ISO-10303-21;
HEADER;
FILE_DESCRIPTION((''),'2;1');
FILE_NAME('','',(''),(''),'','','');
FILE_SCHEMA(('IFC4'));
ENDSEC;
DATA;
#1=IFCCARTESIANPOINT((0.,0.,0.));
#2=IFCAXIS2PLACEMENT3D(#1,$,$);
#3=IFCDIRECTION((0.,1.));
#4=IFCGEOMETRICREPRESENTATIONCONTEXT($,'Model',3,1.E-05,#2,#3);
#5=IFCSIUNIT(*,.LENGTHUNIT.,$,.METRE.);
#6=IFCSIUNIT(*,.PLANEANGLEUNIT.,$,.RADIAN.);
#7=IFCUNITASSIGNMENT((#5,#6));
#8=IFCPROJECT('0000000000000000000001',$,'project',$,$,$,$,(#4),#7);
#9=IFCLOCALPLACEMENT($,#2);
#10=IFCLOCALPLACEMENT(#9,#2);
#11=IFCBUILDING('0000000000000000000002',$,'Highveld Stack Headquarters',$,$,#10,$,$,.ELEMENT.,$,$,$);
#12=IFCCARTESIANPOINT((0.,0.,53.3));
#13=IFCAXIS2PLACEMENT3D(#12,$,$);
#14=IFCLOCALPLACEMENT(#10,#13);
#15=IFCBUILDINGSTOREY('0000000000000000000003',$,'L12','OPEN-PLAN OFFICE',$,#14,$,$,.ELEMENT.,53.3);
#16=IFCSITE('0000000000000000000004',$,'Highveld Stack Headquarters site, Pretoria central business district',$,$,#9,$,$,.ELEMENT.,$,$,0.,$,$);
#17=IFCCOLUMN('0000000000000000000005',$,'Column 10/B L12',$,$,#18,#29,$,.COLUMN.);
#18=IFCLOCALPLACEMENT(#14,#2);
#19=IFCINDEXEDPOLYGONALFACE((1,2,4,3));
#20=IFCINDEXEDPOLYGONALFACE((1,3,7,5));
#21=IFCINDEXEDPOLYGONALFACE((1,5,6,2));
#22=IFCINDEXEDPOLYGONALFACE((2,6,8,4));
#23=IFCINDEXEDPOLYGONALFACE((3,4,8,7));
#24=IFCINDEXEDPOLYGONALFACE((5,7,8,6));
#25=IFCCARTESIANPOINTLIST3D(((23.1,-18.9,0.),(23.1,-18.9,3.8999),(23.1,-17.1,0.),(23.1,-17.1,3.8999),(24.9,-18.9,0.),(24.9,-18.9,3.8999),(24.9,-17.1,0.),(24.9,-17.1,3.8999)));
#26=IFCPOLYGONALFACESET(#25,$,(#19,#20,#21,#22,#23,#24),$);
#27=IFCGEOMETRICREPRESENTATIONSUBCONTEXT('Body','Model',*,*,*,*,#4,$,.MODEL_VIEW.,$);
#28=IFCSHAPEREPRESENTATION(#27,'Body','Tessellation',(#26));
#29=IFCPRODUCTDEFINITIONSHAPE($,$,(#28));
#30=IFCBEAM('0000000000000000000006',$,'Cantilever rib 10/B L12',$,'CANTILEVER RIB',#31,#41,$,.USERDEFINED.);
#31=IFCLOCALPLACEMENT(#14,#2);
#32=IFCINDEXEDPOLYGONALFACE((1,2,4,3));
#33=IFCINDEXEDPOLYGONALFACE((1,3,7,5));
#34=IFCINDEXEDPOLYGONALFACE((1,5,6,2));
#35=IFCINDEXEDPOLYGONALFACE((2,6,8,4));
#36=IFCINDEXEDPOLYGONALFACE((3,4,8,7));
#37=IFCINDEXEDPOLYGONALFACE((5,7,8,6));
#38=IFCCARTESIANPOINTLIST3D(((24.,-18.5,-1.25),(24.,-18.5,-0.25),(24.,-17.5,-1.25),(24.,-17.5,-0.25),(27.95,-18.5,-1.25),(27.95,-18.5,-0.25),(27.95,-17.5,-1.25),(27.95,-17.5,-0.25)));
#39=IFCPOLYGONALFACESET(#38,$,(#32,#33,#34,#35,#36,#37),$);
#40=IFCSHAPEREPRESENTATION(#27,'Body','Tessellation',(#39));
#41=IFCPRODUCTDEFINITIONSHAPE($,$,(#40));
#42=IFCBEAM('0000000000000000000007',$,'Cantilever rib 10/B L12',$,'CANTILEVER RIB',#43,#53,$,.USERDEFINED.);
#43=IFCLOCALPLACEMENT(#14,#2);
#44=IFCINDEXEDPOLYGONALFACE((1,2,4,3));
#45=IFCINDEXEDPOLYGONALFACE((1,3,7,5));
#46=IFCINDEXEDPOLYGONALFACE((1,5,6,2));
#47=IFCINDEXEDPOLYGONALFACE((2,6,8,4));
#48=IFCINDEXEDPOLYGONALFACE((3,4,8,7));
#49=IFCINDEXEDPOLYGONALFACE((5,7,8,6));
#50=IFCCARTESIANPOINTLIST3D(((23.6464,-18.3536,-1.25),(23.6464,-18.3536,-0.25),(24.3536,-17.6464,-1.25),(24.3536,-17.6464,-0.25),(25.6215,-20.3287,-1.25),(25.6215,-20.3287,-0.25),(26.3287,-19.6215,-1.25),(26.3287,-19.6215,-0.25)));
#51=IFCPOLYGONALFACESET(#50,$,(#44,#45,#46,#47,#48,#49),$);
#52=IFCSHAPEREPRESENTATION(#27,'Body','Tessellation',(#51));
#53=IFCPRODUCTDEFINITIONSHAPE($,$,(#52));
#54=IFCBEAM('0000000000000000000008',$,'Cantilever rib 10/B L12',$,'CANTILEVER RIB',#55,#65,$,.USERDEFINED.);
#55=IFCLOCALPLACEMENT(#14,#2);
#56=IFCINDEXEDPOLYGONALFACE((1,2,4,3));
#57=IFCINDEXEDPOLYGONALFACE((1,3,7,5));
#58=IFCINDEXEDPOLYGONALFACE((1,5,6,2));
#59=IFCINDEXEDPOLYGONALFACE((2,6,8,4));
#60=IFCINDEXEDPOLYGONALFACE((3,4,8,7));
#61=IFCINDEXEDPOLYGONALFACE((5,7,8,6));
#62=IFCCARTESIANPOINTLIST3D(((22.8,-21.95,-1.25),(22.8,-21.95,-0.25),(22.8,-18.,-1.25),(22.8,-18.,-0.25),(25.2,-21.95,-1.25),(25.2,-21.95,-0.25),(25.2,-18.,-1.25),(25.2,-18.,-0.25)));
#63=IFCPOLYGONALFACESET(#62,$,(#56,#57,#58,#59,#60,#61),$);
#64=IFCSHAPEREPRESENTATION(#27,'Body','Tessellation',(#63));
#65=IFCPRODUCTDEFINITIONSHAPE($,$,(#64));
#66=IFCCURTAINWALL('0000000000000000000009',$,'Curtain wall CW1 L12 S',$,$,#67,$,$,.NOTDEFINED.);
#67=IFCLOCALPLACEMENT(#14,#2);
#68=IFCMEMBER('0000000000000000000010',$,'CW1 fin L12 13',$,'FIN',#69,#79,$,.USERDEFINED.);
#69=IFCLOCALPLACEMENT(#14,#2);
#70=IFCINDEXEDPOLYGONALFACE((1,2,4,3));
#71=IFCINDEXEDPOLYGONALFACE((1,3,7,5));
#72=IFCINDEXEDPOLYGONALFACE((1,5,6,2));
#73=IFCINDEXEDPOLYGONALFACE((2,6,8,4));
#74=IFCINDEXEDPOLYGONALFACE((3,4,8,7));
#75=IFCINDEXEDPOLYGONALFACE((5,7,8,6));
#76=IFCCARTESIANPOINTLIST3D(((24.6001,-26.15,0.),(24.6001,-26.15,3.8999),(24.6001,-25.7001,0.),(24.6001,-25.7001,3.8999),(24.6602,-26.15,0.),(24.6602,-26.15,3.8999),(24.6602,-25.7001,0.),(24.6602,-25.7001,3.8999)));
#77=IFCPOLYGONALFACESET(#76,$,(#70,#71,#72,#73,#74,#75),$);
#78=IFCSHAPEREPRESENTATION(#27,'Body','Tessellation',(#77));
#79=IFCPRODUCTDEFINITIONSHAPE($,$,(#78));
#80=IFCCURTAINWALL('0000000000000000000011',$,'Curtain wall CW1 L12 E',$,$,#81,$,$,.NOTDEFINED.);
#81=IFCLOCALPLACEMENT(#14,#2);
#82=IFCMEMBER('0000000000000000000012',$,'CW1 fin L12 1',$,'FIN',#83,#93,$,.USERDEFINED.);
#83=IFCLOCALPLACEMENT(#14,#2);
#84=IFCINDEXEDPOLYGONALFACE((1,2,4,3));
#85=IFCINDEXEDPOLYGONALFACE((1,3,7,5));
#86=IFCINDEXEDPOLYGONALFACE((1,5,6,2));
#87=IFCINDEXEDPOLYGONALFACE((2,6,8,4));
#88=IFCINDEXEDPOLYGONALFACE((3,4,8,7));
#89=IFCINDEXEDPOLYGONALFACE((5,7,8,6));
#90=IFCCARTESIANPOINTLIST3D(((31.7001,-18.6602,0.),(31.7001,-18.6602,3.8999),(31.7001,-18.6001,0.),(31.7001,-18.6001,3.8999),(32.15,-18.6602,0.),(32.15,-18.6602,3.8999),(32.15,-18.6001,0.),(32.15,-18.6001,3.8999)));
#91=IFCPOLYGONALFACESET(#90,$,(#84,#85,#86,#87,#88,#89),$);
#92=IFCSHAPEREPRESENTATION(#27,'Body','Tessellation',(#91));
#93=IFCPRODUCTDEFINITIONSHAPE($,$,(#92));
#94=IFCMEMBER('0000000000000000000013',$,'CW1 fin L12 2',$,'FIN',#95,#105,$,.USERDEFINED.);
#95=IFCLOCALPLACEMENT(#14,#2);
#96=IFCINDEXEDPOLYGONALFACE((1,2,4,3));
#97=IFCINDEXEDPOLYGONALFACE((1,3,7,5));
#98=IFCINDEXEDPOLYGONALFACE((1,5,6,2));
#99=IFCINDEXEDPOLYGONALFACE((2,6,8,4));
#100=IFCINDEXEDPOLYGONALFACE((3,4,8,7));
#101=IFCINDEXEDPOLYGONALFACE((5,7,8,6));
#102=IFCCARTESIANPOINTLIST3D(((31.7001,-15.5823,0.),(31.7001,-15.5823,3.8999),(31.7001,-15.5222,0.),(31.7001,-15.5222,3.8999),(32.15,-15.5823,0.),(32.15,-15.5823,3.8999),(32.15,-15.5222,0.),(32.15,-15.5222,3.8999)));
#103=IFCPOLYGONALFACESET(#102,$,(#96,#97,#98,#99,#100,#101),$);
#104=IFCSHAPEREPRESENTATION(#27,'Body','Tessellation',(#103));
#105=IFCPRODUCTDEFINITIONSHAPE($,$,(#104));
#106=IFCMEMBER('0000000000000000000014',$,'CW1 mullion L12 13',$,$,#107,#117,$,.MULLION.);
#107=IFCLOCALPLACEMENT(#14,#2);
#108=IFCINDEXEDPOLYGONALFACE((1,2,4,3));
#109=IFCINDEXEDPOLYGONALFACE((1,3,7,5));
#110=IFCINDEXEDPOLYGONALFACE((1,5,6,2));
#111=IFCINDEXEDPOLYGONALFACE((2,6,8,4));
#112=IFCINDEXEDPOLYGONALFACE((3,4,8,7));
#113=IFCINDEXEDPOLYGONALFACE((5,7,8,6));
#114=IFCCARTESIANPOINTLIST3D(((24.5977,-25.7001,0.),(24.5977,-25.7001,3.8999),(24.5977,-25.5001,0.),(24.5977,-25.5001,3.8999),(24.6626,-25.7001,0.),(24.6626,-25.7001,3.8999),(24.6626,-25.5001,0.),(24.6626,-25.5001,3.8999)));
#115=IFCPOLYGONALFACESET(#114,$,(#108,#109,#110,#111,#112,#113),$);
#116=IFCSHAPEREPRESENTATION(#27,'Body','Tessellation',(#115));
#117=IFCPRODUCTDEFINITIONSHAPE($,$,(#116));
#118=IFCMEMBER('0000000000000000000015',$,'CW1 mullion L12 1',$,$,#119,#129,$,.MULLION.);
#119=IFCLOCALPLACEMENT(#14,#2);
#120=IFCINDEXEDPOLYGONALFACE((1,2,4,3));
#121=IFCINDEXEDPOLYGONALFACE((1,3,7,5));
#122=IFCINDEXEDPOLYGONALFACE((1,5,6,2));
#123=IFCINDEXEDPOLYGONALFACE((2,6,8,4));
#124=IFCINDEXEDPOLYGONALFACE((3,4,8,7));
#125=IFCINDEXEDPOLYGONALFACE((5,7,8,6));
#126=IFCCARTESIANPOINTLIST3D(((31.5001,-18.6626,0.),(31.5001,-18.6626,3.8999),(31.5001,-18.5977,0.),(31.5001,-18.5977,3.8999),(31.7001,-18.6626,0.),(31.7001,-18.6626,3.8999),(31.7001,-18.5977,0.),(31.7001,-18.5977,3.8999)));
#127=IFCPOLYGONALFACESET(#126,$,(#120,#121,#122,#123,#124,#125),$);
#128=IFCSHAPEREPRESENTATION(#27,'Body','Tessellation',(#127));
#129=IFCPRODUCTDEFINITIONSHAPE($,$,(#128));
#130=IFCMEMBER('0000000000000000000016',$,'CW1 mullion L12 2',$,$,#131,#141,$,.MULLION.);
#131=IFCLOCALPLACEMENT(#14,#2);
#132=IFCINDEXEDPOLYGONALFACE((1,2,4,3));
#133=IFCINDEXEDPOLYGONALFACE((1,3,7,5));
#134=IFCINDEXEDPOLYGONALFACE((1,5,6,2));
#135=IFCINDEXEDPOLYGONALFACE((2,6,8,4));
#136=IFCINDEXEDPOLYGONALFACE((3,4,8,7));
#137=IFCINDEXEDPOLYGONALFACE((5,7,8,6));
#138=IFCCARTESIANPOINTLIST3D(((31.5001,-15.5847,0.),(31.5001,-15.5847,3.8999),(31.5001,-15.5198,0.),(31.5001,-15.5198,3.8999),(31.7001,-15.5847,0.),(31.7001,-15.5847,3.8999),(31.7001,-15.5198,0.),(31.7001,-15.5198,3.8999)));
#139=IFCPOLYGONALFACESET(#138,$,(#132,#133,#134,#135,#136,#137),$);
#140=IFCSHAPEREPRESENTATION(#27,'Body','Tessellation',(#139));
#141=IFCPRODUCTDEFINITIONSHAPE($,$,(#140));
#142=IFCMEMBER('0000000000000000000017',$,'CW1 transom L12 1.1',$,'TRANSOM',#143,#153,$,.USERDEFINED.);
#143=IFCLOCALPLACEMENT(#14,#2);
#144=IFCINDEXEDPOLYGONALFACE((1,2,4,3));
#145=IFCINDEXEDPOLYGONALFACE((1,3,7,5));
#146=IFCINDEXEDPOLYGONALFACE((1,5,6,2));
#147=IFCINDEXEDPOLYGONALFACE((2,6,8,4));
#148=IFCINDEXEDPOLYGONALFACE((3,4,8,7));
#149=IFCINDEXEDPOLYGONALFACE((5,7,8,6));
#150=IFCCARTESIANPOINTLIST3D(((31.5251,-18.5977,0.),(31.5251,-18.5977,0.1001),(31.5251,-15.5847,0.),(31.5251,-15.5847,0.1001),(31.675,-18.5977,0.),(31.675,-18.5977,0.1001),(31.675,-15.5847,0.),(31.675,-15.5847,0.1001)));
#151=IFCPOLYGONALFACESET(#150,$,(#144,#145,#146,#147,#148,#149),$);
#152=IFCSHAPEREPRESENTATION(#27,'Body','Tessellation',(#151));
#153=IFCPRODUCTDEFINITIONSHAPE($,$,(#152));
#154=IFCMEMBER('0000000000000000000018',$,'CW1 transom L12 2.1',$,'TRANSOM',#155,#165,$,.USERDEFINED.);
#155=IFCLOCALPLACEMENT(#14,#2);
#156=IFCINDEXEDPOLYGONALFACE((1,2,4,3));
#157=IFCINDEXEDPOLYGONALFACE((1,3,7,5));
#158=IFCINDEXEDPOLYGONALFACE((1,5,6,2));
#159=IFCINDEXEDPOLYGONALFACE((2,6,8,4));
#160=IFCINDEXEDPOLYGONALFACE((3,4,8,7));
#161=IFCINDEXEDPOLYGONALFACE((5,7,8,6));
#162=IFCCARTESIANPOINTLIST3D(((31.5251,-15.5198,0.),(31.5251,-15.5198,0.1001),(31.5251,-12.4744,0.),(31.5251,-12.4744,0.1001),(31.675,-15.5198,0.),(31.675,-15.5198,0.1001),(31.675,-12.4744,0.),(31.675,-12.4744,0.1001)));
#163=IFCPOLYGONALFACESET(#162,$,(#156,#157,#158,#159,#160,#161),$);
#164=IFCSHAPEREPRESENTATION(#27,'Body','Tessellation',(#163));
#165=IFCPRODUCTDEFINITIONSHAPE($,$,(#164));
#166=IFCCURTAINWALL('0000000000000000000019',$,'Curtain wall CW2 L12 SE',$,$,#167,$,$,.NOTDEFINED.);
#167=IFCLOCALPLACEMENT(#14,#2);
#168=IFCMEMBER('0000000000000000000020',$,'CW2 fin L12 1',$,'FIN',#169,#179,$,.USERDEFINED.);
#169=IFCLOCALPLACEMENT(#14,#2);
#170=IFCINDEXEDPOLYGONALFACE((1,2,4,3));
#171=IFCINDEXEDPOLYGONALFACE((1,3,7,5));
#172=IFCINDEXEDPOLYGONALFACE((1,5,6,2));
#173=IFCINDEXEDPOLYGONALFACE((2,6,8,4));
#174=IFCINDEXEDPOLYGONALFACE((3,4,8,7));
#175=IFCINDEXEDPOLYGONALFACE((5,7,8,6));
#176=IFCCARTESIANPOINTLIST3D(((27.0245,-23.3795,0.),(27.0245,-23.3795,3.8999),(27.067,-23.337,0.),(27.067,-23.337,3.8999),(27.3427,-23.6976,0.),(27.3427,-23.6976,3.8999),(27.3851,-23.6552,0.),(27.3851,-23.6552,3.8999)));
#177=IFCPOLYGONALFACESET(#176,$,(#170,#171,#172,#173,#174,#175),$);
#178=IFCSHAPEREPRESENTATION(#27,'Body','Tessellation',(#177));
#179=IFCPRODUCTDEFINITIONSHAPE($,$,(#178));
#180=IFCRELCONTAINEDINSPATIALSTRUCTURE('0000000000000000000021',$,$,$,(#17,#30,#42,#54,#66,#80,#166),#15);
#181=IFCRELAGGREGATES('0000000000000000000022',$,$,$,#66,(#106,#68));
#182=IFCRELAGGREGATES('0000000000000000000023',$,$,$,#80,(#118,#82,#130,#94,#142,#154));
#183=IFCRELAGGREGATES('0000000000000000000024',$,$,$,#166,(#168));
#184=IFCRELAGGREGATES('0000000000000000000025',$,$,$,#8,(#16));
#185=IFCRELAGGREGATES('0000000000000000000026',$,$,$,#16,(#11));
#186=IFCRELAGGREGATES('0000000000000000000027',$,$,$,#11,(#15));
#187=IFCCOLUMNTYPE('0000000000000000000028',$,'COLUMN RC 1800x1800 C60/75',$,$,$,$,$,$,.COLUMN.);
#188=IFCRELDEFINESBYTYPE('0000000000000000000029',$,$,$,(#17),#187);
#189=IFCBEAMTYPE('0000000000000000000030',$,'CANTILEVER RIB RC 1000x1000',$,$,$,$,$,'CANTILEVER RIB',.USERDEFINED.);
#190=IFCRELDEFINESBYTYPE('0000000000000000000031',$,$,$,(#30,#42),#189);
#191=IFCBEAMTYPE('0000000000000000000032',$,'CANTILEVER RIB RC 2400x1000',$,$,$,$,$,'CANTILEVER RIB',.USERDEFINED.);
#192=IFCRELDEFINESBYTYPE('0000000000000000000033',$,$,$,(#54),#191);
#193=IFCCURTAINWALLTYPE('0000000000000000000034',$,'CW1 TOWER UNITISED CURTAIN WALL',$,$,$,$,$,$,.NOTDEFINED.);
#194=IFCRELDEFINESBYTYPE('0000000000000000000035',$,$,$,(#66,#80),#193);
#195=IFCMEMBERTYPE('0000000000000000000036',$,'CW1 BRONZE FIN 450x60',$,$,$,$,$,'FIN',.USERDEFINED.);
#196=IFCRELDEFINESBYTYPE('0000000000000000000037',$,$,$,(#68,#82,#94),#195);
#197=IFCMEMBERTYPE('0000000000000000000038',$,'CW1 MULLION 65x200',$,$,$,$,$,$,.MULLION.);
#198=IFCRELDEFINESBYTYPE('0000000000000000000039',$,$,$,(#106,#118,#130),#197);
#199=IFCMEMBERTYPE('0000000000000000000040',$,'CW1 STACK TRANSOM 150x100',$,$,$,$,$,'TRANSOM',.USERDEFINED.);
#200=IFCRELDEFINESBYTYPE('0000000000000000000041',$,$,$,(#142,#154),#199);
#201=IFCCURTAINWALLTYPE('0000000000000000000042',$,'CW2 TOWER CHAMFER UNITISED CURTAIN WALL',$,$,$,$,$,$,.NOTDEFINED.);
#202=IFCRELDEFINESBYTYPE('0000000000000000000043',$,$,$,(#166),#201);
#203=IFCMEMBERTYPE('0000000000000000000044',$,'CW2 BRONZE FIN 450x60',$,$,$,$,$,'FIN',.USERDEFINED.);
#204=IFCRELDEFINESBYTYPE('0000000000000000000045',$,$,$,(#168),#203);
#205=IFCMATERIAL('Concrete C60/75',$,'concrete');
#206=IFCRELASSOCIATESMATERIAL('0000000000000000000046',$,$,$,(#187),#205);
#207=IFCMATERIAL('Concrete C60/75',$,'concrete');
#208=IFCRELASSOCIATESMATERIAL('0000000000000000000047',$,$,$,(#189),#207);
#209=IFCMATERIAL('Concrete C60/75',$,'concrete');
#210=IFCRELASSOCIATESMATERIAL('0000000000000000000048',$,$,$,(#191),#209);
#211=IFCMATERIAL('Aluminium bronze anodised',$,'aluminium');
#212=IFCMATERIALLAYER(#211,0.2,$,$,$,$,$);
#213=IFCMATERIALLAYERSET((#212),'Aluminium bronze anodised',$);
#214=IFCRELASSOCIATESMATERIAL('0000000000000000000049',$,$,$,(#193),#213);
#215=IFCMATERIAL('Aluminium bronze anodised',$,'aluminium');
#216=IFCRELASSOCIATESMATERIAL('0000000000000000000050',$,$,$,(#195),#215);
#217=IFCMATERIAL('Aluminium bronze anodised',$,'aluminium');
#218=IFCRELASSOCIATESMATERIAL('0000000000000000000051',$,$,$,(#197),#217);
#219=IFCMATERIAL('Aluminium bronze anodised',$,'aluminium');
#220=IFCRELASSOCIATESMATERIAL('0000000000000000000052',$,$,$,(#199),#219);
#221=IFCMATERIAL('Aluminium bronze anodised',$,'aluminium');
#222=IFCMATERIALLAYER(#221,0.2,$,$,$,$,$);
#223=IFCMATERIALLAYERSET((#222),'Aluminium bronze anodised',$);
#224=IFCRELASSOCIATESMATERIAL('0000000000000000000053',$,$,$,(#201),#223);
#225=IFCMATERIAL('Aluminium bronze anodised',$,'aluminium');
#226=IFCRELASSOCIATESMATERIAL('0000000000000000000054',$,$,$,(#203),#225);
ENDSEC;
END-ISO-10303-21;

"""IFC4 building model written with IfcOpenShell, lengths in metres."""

from ifc_helpers import new_model, si_unit, direction, frame, origin, origin_2d, place, context, subcontext, project, spatial, rectangle, extrude, material, layer, layer_set, material_profile, profile_set, type_object, element, aggregate, save


model = new_model("IFC4")

# Units and contexts
model_context = context("Model", 3, precision=1e-05, world=origin(), true_north=direction((0.0, 1.0)))
body_context = subcontext(model_context, "Body", "Model", "MODEL_VIEW")
ifc_project = project(units=[si_unit("LENGTHUNIT", "METRE"), si_unit("PLANEANGLEUNIT", "RADIAN")], contexts=[model_context])

# Site, building, storey
site_placement = place(None, origin())
site = spatial("IfcSite", under=ifc_project, at=site_placement, Name="Highveld Stack Headquarters site, Pretoria central business district", CompositionType="ELEMENT", RefElevation=0.0)
building_placement = place(site_placement, origin())
building = spatial("IfcBuilding", under=site, at=building_placement, Name="Highveld Stack Headquarters", CompositionType="ELEMENT")
storey_placement = place(building_placement, frame((0.0, 0.0, 53.3)))
storey = spatial("IfcBuildingStorey", under=building, at=storey_placement, Name="L12", Description="OPEN-PLAN OFFICE", CompositionType="ELEMENT", Elevation=53.3)

# Column
ifc_material_1 = material(Name="Concrete C60/75", Category="concrete")
ifc_material_profile_1 = material_profile(ifc_material_1, rectangle(XDim=1.8, YDim=1.8, at=origin_2d()), Name="RC 1800x1800")
ifc_profile_set_1 = profile_set([ifc_material_profile_1], Name="Concrete C60/75")
column_type = type_object("IfcColumnType", Name="COLUMN RC 1800x1800 C60/75", PredefinedType="COLUMN", material=ifc_profile_set_1)
column_placement = place(storey_placement, frame((24.0, -18.0, 0.0), z_axis=(0.0, 0.0, 1.0), x_axis=(1.0, 0.0, 0.0)))
element("IfcColumn", 1, at=column_placement, inside=storey, type_object=column_type, Name="Column 10/B L12", PredefinedType="COLUMN", context=body_context, shape_type="SweptSolid", body=[
    extrude(rectangle(XDim=1.8, YDim=1.8, at=origin_2d()), origin(), (0.0, 0.0, 1.0), 3.8999),
])

# Beams
ifc_material_2 = material(Name="Concrete C60/75", Category="concrete")
ifc_material_profile_2 = material_profile(ifc_material_2, rectangle(XDim=1.0, YDim=1.0, at=origin_2d()), Name="RC 1000x1000")
ifc_profile_set_2 = profile_set([ifc_material_profile_2], Name="Concrete C60/75")
beam_type_1 = type_object("IfcBeamType", Name="CANTILEVER RIB RC 1000x1000", ElementType="CANTILEVER RIB", PredefinedType="USERDEFINED", material=ifc_profile_set_2)
beam_1_placement = place(storey_placement, frame((24.0, -18.0, -0.75), z_axis=(1.0, 0.0, 0.0), x_axis=(0.0, 1.0, 0.0)))
element("IfcBeam", 2, at=beam_1_placement, inside=storey, type_object=beam_type_1, Name="Cantilever rib 10/B L12", ObjectType="CANTILEVER RIB", PredefinedType="USERDEFINED", context=body_context, shape_type="SweptSolid", body=[
    extrude(rectangle(XDim=1.0, YDim=1.0, at=origin_2d()), origin(), (0.0, 0.0, 1.0), 3.95),
])
beam_2_placement = place(storey_placement, frame((24.0, -18.0, -0.75), z_axis=(0.707107, -0.707107, 0.0), x_axis=(0.707107, 0.707107, 0.0)))
element("IfcBeam", 3, at=beam_2_placement, inside=storey, type_object=beam_type_1, Name="Cantilever rib 10/B L12", ObjectType="CANTILEVER RIB", PredefinedType="USERDEFINED", context=body_context, shape_type="SweptSolid", body=[
    extrude(rectangle(XDim=1.0, YDim=1.0, at=origin_2d()), origin(), (0.0, 0.0, 1.0), 2.7932),
])
ifc_material_3 = material(Name="Concrete C60/75", Category="concrete")
ifc_material_profile_3 = material_profile(ifc_material_3, rectangle(XDim=2.3999, YDim=1.0, at=origin_2d()), Name="RC 2400x1000")
ifc_profile_set_3 = profile_set([ifc_material_profile_3], Name="Concrete C60/75")
beam_type_2 = type_object("IfcBeamType", Name="CANTILEVER RIB RC 2400x1000", ElementType="CANTILEVER RIB", PredefinedType="USERDEFINED", material=ifc_profile_set_3)
beam_3_placement = place(storey_placement, frame((24.0, -18.0, -0.75), z_axis=(0.0, -1.0, 0.0), x_axis=(1.0, 0.0, 0.0)))
element("IfcBeam", 4, at=beam_3_placement, inside=storey, type_object=beam_type_2, Name="Cantilever rib 10/B L12", ObjectType="CANTILEVER RIB", PredefinedType="USERDEFINED", context=body_context, shape_type="SweptSolid", body=[
    extrude(rectangle(XDim=2.3999, YDim=1.0, at=origin_2d()), origin(), (0.0, 0.0, 1.0), 3.95),
])

# Curtain wall, member
ifc_material_4 = material(Name="Aluminium bronze anodised", Category="aluminium")
ifc_layer_1 = layer(ifc_material_4, 0.2)
ifc_layer_set_1 = layer_set([ifc_layer_1], Name="Aluminium bronze anodised")
curtain_wall_type_1 = type_object("IfcCurtainWallType", Name="CW1 TOWER UNITISED CURTAIN WALL", PredefinedType="NOTDEFINED", material=ifc_layer_set_1)
curtain_wall_1_placement = place(storey_placement, origin())
curtain_wall_1 = element("IfcCurtainWall", 5, at=curtain_wall_1_placement, inside=storey, type_object=curtain_wall_type_1, Name="Curtain wall CW1 L12 S", PredefinedType="NOTDEFINED")
ifc_material_5 = material(Name="Aluminium bronze anodised", Category="aluminium")
ifc_material_profile_4 = material_profile(ifc_material_5, rectangle(XDim=0.45, YDim=0.0601, at=origin_2d()), Name="FIN 450x60")
ifc_profile_set_4 = profile_set([ifc_material_profile_4], Name="Aluminium bronze anodised")
member_type_1 = type_object("IfcMemberType", Name="CW1 BRONZE FIN 450x60", ElementType="FIN", PredefinedType="USERDEFINED", material=ifc_profile_set_4)
member_1_placement = place(storey_placement, frame((24.6301, -25.925, 0.0), z_axis=(0.0, 0.0, 1.0), x_axis=(0.0, 1.0, 0.0)))
member_1 = element("IfcMember", 6, at=member_1_placement, type_object=member_type_1, Name="CW1 fin L12 13", ObjectType="FIN", PredefinedType="USERDEFINED", context=body_context, shape_type="SweptSolid", body=[
    extrude(rectangle(XDim=0.45, YDim=0.0601, at=origin_2d()), origin(), (0.0, 0.0, 1.0), 3.8999),
])

# Curtain wall, members
curtain_wall_2_placement = place(storey_placement, origin())
curtain_wall_2 = element("IfcCurtainWall", 7, at=curtain_wall_2_placement, inside=storey, type_object=curtain_wall_type_1, Name="Curtain wall CW1 L12 E", PredefinedType="NOTDEFINED")
member_2_placement = place(storey_placement, frame((31.925, -18.6301, 0.0), z_axis=(0.0, 0.0, 1.0), x_axis=(-1.0, 0.0, 0.0)))
member_2 = element("IfcMember", 8, at=member_2_placement, type_object=member_type_1, Name="CW1 fin L12 1", ObjectType="FIN", PredefinedType="USERDEFINED", context=body_context, shape_type="SweptSolid", body=[
    extrude(rectangle(XDim=0.45, YDim=0.0601, at=origin_2d()), origin(), (0.0, 0.0, 1.0), 3.8999),
])
member_3_placement = place(storey_placement, frame((31.925, -15.5522, 0.0), z_axis=(0.0, 0.0, 1.0), x_axis=(-1.0, 0.0, 0.0)))
member_3 = element("IfcMember", 9, at=member_3_placement, type_object=member_type_1, Name="CW1 fin L12 2", ObjectType="FIN", PredefinedType="USERDEFINED", context=body_context, shape_type="SweptSolid", body=[
    extrude(rectangle(XDim=0.45, YDim=0.0601, at=origin_2d()), origin(), (0.0, 0.0, 1.0), 3.8999),
])

# Members
ifc_material_6 = material(Name="Aluminium bronze anodised", Category="aluminium")
ifc_material_profile_5 = material_profile(ifc_material_6, rectangle(XDim=0.2, YDim=0.0649, at=origin_2d()), Name="CW1 MULLION 65x200")
ifc_profile_set_5 = profile_set([ifc_material_profile_5], Name="Aluminium bronze anodised")
member_type_2 = type_object("IfcMemberType", Name="CW1 MULLION 65x200", PredefinedType="MULLION", material=ifc_profile_set_5)
member_4_placement = place(storey_placement, frame((24.6301, -25.6001, 0.0), z_axis=(0.0, 0.0, 1.0), x_axis=(0.0, 1.0, 0.0)))
member_4 = element("IfcMember", 10, at=member_4_placement, type_object=member_type_2, Name="CW1 mullion L12 13", PredefinedType="MULLION", context=body_context, shape_type="SweptSolid", body=[
    extrude(rectangle(XDim=0.2, YDim=0.0649, at=origin_2d()), origin(), (0.0, 0.0, 1.0), 3.8999),
])
aggregate(curtain_wall_1, [member_4, member_1])
member_5_placement = place(storey_placement, frame((31.6001, -18.6301, 0.0), z_axis=(0.0, 0.0, 1.0), x_axis=(-1.0, 0.0, 0.0)))
member_5 = element("IfcMember", 11, at=member_5_placement, type_object=member_type_2, Name="CW1 mullion L12 1", PredefinedType="MULLION", context=body_context, shape_type="SweptSolid", body=[
    extrude(rectangle(XDim=0.2, YDim=0.0649, at=origin_2d()), origin(), (0.0, 0.0, 1.0), 3.8999),
])
member_6_placement = place(storey_placement, frame((31.6001, -15.5522, 0.0), z_axis=(0.0, 0.0, 1.0), x_axis=(-1.0, 0.0, 0.0)))
member_6 = element("IfcMember", 12, at=member_6_placement, type_object=member_type_2, Name="CW1 mullion L12 2", PredefinedType="MULLION", context=body_context, shape_type="SweptSolid", body=[
    extrude(rectangle(XDim=0.2, YDim=0.0649, at=origin_2d()), origin(), (0.0, 0.0, 1.0), 3.8999),
])
ifc_material_7 = material(Name="Aluminium bronze anodised", Category="aluminium")
ifc_material_profile_6 = material_profile(ifc_material_7, rectangle(XDim=0.1499, YDim=0.1001, at=origin_2d()), Name="CW1 TRANSOM 150x100")
ifc_profile_set_6 = profile_set([ifc_material_profile_6], Name="Aluminium bronze anodised")
member_type_3 = type_object("IfcMemberType", Name="CW1 STACK TRANSOM 150x100", ElementType="TRANSOM", PredefinedType="USERDEFINED", material=ifc_profile_set_6)
member_7_placement = place(storey_placement, frame((31.6001, -18.5977, 0.05), z_axis=(0.0, 1.0, 0.0), x_axis=(-1.0, 0.0, 0.0)))
member_7 = element("IfcMember", 13, at=member_7_placement, type_object=member_type_3, Name="CW1 transom L12 1.1", ObjectType="TRANSOM", PredefinedType="USERDEFINED", context=body_context, shape_type="SweptSolid", body=[
    extrude(rectangle(XDim=0.1499, YDim=0.1001, at=origin_2d()), origin(), (0.0, 0.0, 1.0), 3.0129),
])
member_8_placement = place(storey_placement, frame((31.6001, -15.5198, 0.05), z_axis=(0.0, 1.0, 0.0), x_axis=(-1.0, 0.0, 0.0)))
member_8 = element("IfcMember", 14, at=member_8_placement, type_object=member_type_3, Name="CW1 transom L12 2.1", ObjectType="TRANSOM", PredefinedType="USERDEFINED", context=body_context, shape_type="SweptSolid", body=[
    extrude(rectangle(XDim=0.1499, YDim=0.1001, at=origin_2d()), origin(), (0.0, 0.0, 1.0), 3.0454),
])

# Curtain wall, member
ifc_material_8 = material(Name="Aluminium bronze anodised", Category="aluminium")
ifc_layer_2 = layer(ifc_material_8, 0.2)
ifc_layer_set_2 = layer_set([ifc_layer_2], Name="Aluminium bronze anodised")
curtain_wall_type_2 = type_object("IfcCurtainWallType", Name="CW2 TOWER CHAMFER UNITISED CURTAIN WALL", PredefinedType="NOTDEFINED", material=ifc_layer_set_2)
curtain_wall_3_placement = place(storey_placement, origin())
curtain_wall_3 = element("IfcCurtainWall", 15, at=curtain_wall_3_placement, inside=storey, type_object=curtain_wall_type_2, Name="Curtain wall CW2 L12 SE", PredefinedType="NOTDEFINED")
ifc_material_9 = material(Name="Aluminium bronze anodised", Category="aluminium")
ifc_material_profile_7 = material_profile(ifc_material_9, rectangle(XDim=0.45, YDim=0.0601, at=origin_2d()), Name="FIN 450x60")
ifc_profile_set_7 = profile_set([ifc_material_profile_7], Name="Aluminium bronze anodised")
member_type_4 = type_object("IfcMemberType", Name="CW2 BRONZE FIN 450x60", ElementType="FIN", PredefinedType="USERDEFINED", material=ifc_profile_set_7)
member_9_placement = place(storey_placement, frame((27.2048, -23.5173, 0.0), z_axis=(0.0, 0.0, 1.0), x_axis=(-0.707107, 0.707107, 0.0)))
member_9 = element("IfcMember", 16, at=member_9_placement, type_object=member_type_4, Name="CW2 fin L12 1", ObjectType="FIN", PredefinedType="USERDEFINED", context=body_context, shape_type="SweptSolid", body=[
    extrude(rectangle(XDim=0.45, YDim=0.0601, at=origin_2d()), origin(), (0.0, 0.0, 1.0), 3.8999),
])

aggregate(curtain_wall_2, [member_5, member_2, member_6, member_3, member_7, member_8])
aggregate(curtain_wall_3, [member_9])

save(model, "model.ifc")
